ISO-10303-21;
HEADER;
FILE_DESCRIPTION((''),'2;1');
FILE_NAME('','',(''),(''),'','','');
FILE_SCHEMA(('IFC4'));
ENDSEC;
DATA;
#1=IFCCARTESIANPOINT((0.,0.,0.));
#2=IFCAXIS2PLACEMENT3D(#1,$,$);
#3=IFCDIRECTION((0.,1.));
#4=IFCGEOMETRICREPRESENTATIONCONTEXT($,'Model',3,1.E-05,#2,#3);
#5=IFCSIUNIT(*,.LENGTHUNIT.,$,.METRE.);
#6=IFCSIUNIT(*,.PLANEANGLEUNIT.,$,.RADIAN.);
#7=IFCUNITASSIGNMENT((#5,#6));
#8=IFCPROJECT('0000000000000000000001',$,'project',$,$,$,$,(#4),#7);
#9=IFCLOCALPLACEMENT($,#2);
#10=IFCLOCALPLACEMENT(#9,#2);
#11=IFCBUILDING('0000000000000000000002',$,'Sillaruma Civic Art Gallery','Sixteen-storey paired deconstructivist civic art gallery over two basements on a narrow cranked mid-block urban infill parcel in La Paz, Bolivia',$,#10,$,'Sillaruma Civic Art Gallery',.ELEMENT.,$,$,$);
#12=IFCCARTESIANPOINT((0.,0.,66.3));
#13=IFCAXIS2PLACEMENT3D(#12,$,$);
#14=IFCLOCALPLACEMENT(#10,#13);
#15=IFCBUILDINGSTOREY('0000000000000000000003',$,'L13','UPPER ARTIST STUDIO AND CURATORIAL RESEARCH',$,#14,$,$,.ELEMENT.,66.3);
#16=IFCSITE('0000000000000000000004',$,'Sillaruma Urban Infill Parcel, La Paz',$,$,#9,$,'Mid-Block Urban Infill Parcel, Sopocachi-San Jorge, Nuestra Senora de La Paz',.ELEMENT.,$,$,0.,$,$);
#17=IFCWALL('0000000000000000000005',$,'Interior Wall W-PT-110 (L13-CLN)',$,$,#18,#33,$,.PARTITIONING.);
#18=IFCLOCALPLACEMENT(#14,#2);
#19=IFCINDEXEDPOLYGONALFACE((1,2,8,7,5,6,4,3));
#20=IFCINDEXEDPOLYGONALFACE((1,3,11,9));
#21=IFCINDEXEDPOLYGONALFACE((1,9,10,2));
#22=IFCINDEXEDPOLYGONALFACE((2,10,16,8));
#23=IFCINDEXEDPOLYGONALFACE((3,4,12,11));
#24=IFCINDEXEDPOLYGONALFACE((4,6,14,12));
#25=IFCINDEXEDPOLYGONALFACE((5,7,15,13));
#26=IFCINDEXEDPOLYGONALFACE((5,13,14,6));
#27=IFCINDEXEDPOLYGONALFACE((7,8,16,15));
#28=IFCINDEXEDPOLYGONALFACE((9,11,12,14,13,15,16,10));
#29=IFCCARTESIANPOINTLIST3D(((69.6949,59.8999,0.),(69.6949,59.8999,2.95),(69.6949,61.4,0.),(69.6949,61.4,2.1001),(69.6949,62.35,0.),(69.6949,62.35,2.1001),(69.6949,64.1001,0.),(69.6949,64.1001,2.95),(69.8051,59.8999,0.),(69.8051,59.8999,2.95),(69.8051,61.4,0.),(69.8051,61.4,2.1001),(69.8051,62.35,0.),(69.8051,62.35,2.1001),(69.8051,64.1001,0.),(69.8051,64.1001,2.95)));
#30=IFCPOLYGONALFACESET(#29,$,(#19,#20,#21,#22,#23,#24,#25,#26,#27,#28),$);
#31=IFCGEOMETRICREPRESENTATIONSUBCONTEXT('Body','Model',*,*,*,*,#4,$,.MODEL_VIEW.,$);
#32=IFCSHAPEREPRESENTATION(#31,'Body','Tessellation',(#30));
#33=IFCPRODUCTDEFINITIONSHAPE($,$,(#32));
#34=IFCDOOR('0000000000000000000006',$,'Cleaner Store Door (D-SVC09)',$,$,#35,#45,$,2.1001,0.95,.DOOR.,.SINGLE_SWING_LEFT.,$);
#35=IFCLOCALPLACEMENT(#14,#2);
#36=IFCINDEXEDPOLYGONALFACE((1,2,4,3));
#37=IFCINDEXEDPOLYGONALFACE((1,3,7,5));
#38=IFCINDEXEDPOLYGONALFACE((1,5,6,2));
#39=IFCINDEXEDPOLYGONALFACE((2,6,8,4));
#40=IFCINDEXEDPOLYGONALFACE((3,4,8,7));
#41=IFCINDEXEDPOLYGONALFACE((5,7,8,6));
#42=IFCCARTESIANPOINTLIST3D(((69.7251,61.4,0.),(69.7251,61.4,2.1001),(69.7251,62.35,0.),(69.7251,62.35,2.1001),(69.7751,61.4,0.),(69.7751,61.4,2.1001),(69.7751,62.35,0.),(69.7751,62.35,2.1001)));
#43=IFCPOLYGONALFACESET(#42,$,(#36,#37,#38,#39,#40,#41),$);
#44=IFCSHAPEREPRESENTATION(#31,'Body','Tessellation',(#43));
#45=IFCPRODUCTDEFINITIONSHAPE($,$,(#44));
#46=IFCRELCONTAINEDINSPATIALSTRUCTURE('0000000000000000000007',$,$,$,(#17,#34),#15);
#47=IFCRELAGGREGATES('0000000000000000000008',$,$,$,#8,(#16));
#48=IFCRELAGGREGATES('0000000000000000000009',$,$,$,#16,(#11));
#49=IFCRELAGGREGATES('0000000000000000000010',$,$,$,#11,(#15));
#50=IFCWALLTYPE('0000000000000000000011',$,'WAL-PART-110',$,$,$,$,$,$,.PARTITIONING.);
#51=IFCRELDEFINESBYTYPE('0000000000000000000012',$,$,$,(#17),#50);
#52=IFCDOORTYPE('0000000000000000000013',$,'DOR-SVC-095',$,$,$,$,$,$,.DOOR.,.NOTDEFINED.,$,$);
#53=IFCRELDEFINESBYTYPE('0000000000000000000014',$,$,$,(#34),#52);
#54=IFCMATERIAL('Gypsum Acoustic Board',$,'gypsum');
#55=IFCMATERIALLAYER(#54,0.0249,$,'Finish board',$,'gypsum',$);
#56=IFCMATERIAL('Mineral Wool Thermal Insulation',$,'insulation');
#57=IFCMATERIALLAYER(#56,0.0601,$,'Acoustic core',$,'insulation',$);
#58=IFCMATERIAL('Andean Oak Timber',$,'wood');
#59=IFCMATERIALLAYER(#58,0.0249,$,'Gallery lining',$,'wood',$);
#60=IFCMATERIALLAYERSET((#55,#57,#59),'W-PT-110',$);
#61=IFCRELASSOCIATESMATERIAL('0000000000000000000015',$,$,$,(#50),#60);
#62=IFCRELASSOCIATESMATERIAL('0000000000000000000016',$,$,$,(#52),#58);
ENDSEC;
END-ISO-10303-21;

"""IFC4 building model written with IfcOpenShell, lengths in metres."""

from ifc_helpers import new_model, si_unit, direction, frame, frame_2d, origin, place, context, subcontext, project, spatial, rectangle, extrude, material, layer, layer_set, type_object, element, fill, save


model = new_model("IFC4")

# Units and contexts
model_context = context("Model", 3, precision=1e-05, world=origin(), true_north=direction((0.0, 1.0)))
body_context = subcontext(model_context, "Body", "Model", "MODEL_VIEW")
ifc_project = project(units=[si_unit("LENGTHUNIT", "METRE"), si_unit("PLANEANGLEUNIT", "RADIAN")], contexts=[model_context])

# Site, building, storey
site_placement = place(None, origin())
site = spatial("IfcSite", under=ifc_project, at=site_placement, Name="Sillaruma Urban Infill Parcel, La Paz", LongName="Mid-Block Urban Infill Parcel, Sopocachi-San Jorge, Nuestra Senora de La Paz", CompositionType="ELEMENT", RefElevation=0.0)
building_placement = place(site_placement, origin())
building = spatial("IfcBuilding", under=site, at=building_placement, Name="Sillaruma Civic Art Gallery", Description="Sixteen-storey paired deconstructivist civic art gallery over two basements on a narrow cranked mid-block urban infill parcel in La Paz, Bolivia", LongName="Sillaruma Civic Art Gallery", CompositionType="ELEMENT")
storey_placement = place(building_placement, frame((0.0, 0.0, 66.3)))
storey = spatial("IfcBuildingStorey", under=building, at=storey_placement, Name="L13", Description="UPPER ARTIST STUDIO AND CURATORIAL RESEARCH", CompositionType="ELEMENT", Elevation=66.3)

# Wall, opening, door
ifc_material_1 = material(Name="Gypsum Acoustic Board", Category="gypsum")
ifc_layer_1 = layer(ifc_material_1, 0.0249, Name="Finish board", Category="gypsum")
ifc_material_2 = material(Name="Mineral Wool Thermal Insulation", Category="insulation")
ifc_layer_2 = layer(ifc_material_2, 0.0601, Name="Acoustic core", Category="insulation")
ifc_material_3 = material(Name="Andean Oak Timber", Category="wood")
ifc_layer_3 = layer(ifc_material_3, 0.0249, Name="Gallery lining", Category="wood")
ifc_layer_set_1 = layer_set([ifc_layer_1, ifc_layer_2, ifc_layer_3], Name="W-PT-110")
wall_type_1 = type_object("IfcWallType", Name="WAL-PART-110", PredefinedType="PARTITIONING", material=ifc_layer_set_1)
wall_1_placement = place(storey_placement, frame((69.75, 59.8999, 0.0), z_axis=(0.0, 0.0, 1.0), x_axis=(0.0, 1.0, 0.0)))
wall_1 = element("IfcWall", 1, at=wall_1_placement, inside=storey, type_object=wall_type_1, Name="Interior Wall W-PT-110 (L13-CLN)", PredefinedType="PARTITIONING", context=body_context, shape_type="SweptSolid", body=[
    extrude(rectangle(XDim=4.2002, YDim=0.1101, at=frame_2d((2.1001, 0.0))), origin(), (0.0, 0.0, 1.0), 2.95),
])
opening_1_placement = place(wall_1_placement, frame((1.5, 0.0, 0.0)))
opening_1 = element("IfcOpeningElement", 2, at=opening_1_placement, cuts=wall_1, PredefinedType="OPENING", context=body_context, shape_type="SweptSolid", body=[
    extrude(rectangle(XDim=0.95, YDim=2.1001, at=frame_2d((0.4751, 1.05))), frame((0.0, 0.0649, 0.0), z_axis=(0.0, -1.0, 0.0), x_axis=(1.0, 0.0, 0.0)), (0.0, 0.0, 1.0), 0.1301),
])
door_type_1 = type_object("IfcDoorType", Name="DOR-SVC-095", OperationType="NOTDEFINED", PredefinedType="DOOR", material=ifc_material_3)
door_1_placement = place(opening_1_placement, origin())
door_1 = element("IfcDoor", 3, at=door_1_placement, inside=storey, type_object=door_type_1, Name="Cleaner Store Door (D-SVC09)", OperationType="SINGLE_SWING_LEFT", OverallHeight=2.1001, OverallWidth=0.95, PredefinedType="DOOR", context=body_context, shape_type="SweptSolid", body=[
    extrude(rectangle(XDim=0.95, YDim=2.1001, at=frame_2d((0.4751, 1.05))), frame((0.0, 0.0249, 0.0), z_axis=(0.0, -1.0, 0.0), x_axis=(1.0, 0.0, 0.0)), (0.0, 0.0, 1.0), 0.05),
])
fill(opening_1, door_1)

save(model, "model.ifc")
